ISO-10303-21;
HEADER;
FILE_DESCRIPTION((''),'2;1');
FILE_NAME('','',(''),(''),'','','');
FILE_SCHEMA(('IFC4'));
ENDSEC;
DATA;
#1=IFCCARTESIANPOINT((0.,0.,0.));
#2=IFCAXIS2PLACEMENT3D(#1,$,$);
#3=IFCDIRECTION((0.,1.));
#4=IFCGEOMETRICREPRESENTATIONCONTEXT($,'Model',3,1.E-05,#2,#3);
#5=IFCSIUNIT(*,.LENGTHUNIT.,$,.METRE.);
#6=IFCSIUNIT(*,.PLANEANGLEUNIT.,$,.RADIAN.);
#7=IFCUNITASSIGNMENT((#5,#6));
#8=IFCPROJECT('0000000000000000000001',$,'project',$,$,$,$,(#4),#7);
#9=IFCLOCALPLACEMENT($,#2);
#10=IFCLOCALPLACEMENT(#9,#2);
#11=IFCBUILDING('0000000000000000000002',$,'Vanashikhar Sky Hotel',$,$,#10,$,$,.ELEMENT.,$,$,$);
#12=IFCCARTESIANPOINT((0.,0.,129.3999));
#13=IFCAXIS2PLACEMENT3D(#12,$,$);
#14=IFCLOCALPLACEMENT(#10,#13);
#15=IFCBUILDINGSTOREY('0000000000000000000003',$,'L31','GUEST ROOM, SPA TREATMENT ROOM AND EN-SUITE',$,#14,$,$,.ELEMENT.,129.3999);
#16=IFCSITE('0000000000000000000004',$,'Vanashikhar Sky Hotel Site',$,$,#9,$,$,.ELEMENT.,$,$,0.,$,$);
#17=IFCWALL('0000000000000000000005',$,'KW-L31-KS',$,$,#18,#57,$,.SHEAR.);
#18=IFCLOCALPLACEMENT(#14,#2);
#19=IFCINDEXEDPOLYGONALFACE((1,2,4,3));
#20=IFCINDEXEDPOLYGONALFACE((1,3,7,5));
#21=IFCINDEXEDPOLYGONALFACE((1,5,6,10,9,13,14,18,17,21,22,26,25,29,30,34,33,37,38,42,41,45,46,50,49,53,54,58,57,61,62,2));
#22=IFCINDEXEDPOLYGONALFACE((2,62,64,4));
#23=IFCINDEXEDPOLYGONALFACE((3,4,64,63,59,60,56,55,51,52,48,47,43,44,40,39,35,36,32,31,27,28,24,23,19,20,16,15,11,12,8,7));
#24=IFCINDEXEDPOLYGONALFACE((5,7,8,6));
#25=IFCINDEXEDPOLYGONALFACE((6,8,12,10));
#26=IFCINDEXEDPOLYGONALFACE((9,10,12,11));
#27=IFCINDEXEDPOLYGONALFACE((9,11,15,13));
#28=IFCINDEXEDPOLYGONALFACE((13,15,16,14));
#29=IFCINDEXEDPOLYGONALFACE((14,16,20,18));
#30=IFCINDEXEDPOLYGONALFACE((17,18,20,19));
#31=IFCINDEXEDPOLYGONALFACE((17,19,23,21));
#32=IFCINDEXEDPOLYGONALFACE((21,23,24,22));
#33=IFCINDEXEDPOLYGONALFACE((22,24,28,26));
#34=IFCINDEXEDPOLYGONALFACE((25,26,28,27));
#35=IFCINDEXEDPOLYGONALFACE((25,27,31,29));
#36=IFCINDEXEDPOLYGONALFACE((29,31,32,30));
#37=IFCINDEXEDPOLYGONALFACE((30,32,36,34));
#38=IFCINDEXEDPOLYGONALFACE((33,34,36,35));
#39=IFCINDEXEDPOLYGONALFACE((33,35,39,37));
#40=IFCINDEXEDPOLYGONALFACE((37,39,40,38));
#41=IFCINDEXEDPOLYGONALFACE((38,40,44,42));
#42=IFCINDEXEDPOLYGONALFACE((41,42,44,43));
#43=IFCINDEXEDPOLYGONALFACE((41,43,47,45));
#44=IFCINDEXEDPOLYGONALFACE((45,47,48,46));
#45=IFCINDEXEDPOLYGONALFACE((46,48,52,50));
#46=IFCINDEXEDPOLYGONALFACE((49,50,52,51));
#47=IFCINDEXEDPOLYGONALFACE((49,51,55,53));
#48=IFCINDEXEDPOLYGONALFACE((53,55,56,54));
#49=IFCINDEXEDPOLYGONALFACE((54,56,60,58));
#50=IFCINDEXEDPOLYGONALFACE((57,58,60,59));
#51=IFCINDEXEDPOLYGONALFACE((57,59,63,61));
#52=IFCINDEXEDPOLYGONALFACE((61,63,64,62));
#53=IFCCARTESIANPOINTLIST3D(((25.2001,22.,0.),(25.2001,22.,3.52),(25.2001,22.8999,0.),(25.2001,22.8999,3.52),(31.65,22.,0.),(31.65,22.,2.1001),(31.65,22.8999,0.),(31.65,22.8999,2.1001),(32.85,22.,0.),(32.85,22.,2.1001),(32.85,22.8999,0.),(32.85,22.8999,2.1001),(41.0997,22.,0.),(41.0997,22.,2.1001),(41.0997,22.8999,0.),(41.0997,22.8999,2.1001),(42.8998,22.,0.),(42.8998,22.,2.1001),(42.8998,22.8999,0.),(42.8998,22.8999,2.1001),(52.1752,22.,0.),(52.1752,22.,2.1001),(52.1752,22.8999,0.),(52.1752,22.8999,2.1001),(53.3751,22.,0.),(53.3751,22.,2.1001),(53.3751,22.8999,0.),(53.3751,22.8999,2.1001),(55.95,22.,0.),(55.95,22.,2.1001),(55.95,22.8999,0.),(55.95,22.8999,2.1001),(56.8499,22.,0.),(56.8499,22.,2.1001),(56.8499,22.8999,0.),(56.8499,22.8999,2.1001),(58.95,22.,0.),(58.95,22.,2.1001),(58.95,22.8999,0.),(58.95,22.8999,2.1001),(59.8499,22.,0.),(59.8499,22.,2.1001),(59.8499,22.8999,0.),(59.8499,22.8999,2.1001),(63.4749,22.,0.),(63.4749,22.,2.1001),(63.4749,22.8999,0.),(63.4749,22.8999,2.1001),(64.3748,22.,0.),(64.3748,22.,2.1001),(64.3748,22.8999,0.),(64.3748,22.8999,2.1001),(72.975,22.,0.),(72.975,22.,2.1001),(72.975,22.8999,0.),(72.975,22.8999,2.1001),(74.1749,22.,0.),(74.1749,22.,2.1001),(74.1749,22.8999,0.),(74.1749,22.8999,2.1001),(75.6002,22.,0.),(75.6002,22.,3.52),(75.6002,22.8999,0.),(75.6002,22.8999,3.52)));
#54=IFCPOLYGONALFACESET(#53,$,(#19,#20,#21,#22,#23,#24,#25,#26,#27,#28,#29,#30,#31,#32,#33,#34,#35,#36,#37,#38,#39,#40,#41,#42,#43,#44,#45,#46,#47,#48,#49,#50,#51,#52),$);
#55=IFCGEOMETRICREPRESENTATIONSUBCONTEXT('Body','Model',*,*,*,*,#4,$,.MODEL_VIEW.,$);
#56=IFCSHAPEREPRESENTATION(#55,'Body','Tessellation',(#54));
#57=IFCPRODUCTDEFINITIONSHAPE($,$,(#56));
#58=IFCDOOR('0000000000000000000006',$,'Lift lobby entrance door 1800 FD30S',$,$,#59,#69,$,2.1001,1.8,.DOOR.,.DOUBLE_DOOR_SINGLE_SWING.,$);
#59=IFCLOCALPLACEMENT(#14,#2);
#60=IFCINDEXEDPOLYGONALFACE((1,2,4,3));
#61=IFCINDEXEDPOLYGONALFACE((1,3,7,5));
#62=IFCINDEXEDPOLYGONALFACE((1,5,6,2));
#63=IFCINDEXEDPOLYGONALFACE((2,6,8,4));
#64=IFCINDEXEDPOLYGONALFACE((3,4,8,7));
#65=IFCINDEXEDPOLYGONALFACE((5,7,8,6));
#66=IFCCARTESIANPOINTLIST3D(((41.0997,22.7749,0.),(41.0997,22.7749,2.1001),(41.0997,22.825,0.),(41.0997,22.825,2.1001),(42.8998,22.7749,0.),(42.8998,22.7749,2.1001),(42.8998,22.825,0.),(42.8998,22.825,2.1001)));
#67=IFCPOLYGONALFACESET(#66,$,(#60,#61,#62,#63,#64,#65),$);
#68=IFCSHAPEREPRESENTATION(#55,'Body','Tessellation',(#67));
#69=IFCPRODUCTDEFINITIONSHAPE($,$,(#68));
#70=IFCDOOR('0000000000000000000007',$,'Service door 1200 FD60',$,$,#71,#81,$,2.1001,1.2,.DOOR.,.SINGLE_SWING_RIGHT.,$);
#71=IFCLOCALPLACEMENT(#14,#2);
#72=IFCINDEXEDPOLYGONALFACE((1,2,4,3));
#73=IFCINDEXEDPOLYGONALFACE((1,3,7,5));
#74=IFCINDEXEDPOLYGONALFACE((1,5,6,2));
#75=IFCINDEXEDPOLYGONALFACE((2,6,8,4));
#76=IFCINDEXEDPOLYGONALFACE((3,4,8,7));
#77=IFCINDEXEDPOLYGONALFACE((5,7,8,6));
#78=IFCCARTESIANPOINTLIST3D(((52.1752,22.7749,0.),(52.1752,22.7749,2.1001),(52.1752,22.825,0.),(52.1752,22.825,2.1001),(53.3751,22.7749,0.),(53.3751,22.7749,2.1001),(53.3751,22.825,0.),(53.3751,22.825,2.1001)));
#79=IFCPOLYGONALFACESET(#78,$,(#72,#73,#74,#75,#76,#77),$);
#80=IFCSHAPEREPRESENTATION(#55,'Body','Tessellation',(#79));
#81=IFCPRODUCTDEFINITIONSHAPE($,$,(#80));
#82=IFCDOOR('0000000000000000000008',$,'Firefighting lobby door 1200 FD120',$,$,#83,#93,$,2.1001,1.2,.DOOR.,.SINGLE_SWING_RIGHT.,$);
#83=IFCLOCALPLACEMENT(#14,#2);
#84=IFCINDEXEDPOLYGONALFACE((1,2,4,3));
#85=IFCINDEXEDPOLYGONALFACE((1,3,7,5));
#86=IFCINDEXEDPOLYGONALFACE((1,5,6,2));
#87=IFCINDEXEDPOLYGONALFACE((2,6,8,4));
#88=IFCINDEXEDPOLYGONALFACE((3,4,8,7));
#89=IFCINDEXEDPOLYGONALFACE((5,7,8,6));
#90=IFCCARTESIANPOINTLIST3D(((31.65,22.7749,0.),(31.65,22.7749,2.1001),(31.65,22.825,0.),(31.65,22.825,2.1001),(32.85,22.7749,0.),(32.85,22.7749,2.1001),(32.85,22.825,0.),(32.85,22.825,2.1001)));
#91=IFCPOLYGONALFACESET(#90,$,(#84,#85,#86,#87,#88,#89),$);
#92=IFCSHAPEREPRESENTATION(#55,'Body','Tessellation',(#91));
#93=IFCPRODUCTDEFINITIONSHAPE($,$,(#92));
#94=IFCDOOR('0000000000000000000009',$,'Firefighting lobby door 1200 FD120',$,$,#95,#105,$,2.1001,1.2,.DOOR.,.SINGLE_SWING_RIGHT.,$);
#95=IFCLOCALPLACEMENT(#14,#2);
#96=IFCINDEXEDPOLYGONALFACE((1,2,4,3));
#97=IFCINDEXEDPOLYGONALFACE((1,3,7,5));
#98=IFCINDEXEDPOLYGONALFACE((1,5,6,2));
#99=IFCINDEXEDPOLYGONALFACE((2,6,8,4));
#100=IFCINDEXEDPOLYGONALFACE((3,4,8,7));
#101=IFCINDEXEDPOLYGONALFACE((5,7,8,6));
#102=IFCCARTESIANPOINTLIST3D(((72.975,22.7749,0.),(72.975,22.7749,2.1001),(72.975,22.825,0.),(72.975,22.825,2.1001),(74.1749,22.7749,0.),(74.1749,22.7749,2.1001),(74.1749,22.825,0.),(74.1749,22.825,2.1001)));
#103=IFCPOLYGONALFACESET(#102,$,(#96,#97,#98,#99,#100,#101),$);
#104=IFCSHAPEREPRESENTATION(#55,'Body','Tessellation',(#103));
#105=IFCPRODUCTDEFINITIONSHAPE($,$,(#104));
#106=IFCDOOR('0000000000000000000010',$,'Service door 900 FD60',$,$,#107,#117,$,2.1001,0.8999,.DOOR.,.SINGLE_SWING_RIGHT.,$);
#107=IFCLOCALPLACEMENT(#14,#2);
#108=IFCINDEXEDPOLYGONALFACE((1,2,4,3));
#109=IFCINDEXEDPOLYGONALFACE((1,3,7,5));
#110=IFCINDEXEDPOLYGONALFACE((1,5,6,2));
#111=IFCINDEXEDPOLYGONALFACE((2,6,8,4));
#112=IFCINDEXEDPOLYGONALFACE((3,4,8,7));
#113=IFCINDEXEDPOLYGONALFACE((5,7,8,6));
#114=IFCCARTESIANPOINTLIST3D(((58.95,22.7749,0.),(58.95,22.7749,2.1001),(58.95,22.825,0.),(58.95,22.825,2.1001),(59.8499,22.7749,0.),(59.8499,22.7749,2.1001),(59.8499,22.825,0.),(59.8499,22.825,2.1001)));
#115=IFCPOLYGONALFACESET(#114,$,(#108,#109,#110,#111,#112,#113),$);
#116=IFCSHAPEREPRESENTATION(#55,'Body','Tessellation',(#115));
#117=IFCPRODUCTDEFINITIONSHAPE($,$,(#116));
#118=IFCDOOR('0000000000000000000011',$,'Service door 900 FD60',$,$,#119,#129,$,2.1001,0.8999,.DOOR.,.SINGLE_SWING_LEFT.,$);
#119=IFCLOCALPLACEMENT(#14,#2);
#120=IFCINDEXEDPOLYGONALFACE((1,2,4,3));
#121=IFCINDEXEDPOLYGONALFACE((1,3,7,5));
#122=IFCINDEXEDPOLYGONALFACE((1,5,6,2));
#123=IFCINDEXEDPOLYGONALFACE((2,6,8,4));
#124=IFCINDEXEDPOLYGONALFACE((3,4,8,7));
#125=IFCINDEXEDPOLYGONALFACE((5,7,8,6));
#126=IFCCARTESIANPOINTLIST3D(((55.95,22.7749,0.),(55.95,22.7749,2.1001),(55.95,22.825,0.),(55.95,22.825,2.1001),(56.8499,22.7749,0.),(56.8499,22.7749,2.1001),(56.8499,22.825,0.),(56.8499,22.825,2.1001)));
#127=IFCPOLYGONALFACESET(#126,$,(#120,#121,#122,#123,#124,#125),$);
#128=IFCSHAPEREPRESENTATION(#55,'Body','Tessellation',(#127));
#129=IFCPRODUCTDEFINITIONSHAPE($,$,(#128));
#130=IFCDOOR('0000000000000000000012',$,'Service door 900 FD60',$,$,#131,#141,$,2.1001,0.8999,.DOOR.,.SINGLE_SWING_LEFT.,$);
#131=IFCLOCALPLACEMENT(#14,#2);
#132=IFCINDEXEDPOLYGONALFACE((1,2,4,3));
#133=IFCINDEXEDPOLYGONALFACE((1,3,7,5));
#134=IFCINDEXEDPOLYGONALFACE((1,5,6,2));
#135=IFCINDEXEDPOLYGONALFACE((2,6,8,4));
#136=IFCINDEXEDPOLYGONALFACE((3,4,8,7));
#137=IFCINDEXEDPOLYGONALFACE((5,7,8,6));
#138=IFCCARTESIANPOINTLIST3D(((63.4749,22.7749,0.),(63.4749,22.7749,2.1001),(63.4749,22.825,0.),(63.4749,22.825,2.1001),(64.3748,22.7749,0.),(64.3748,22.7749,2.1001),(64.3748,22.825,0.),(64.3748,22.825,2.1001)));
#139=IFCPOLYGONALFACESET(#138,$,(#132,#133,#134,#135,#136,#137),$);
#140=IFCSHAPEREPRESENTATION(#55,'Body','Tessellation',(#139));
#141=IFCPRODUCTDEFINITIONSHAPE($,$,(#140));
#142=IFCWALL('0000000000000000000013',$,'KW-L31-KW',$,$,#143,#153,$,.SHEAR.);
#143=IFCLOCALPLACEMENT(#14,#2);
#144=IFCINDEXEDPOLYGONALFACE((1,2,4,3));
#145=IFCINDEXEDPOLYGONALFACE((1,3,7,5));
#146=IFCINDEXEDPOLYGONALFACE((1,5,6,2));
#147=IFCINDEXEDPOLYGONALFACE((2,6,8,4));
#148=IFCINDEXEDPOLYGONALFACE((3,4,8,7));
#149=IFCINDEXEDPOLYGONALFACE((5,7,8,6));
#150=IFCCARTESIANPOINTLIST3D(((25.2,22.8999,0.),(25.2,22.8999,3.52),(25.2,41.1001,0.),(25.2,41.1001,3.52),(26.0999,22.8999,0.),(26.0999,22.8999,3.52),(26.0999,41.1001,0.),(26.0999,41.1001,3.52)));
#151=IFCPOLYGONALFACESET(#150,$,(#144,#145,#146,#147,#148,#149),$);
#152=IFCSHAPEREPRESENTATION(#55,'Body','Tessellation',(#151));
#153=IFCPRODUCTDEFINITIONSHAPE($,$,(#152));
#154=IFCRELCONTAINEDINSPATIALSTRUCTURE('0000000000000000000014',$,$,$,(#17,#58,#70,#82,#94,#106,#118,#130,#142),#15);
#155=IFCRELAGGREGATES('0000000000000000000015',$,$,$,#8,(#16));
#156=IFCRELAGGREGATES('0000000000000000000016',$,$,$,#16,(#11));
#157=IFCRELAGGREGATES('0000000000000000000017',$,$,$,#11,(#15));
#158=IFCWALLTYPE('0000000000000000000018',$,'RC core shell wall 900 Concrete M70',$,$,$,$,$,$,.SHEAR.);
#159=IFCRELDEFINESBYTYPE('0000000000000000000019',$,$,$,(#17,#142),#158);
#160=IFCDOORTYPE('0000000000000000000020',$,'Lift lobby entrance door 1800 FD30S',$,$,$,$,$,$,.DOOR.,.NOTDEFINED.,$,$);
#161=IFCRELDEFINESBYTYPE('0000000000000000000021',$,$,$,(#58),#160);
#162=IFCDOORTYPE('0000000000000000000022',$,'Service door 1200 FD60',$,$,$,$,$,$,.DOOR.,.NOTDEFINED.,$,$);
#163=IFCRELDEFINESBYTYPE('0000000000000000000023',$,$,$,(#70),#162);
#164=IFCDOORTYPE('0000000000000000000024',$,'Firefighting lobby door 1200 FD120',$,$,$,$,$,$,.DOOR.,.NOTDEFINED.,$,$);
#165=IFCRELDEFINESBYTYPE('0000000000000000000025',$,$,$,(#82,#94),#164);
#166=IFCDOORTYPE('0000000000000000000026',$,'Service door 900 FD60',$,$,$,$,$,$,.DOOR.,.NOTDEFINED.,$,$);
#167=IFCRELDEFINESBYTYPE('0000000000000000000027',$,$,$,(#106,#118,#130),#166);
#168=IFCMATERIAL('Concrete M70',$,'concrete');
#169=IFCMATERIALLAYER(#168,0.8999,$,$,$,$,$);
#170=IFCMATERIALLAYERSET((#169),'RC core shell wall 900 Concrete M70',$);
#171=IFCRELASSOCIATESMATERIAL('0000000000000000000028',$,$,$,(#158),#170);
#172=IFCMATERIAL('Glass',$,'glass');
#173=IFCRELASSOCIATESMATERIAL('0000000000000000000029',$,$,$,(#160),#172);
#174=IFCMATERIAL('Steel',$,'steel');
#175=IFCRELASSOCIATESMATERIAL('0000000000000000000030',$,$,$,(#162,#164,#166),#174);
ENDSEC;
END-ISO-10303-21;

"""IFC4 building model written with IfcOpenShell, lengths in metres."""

from ifc_helpers import new_model, si_unit, direction, frame, frame_2d, origin, place, context, subcontext, project, spatial, rectangle, extrude, source, transform, mapped, material, layer, layer_set, type_object, element, fill, save


model = new_model("IFC4")

# Units and contexts
model_context = context("Model", 3, precision=1e-05, world=origin(), true_north=direction((0.0, 1.0)))
body_context = subcontext(model_context, "Body", "Model", "MODEL_VIEW")
ifc_project = project(units=[si_unit("LENGTHUNIT", "METRE"), si_unit("PLANEANGLEUNIT", "RADIAN")], contexts=[model_context])

# Site, building, storey
site_placement = place(None, origin())
site = spatial("IfcSite", under=ifc_project, at=site_placement, Name="Vanashikhar Sky Hotel Site", CompositionType="ELEMENT", RefElevation=0.0)
building_placement = place(site_placement, origin())
building = spatial("IfcBuilding", under=site, at=building_placement, Name="Vanashikhar Sky Hotel", CompositionType="ELEMENT")
storey_placement = place(building_placement, frame((0.0, 0.0, 129.3999)))
storey = spatial("IfcBuildingStorey", under=building, at=storey_placement, Name="L31", Description="GUEST ROOM, SPA TREATMENT ROOM AND EN-SUITE", CompositionType="ELEMENT", Elevation=129.3999)

# Wall, openings, doors
ifc_material_1 = material(Name="Concrete M70", Category="concrete")
ifc_layer_1 = layer(ifc_material_1, 0.8999)
ifc_layer_set_1 = layer_set([ifc_layer_1], Name="RC core shell wall 900 Concrete M70")
wall_type_1 = type_object("IfcWallType", Name="RC core shell wall 900 Concrete M70", PredefinedType="SHEAR", material=ifc_layer_set_1)
shared_shape_1 = source(origin(), body_context, "Body", "SweptSolid", [
    extrude(rectangle(XDim=50.4001, YDim=0.8999, at=frame_2d((25.2002, 0.0))), origin(), (0.0, 0.0, 1.0), 3.52),
])
wall_1_placement = place(storey_placement, frame((25.2, 22.45, 0.0), z_axis=(0.0, 0.0, 1.0), x_axis=(1.0, 0.0, 0.0)))
wall_1 = element("IfcWall", 1, at=wall_1_placement, inside=storey, type_object=wall_type_1, Name="KW-L31-KS", PredefinedType="SHEAR", context=body_context, shape_type="MappedRepresentation", body=[
    mapped(shared_shape_1, transform((0.0, 0.0, 0.0), scale=1.0)),
])
shared_shape_2 = source(origin(), body_context, "Body", "SweptSolid", [
    extrude(rectangle(XDim=1.8, YDim=2.1001, at=frame_2d((0.8999, 1.05))), frame((0.0, 0.46, 0.0), z_axis=(0.0, -1.0, 0.0), x_axis=(1.0, 0.0, 0.0)), (0.0, 0.0, 1.0), 0.9199),
])
opening_1_placement = place(wall_1_placement, frame((15.8999, 0.0, 0.0)))
opening_1 = element("IfcOpeningElement", 2, at=opening_1_placement, cuts=wall_1, PredefinedType="OPENING", context=body_context, shape_type="MappedRepresentation", body=[
    mapped(shared_shape_2, transform((0.0, 0.0, 0.0), scale=1.0)),
])
shared_shape_3 = source(origin(), body_context, "Body", "SweptSolid", [
    extrude(rectangle(XDim=1.2, YDim=2.1001, at=frame_2d((0.6001, 1.05))), frame((0.0, 0.46, 0.0), z_axis=(0.0, -1.0, 0.0), x_axis=(1.0, 0.0, 0.0)), (0.0, 0.0, 1.0), 0.9199),
])
opening_2_placement = place(wall_1_placement, frame((26.9751, 0.0, 0.0)))
opening_2 = element("IfcOpeningElement", 3, at=opening_2_placement, cuts=wall_1, PredefinedType="OPENING", context=body_context, shape_type="MappedRepresentation", body=[
    mapped(shared_shape_3, transform((0.0, 0.0, 0.0), scale=1.0)),
])
shared_shape_4 = source(origin(), body_context, "Body", "SweptSolid", [
    extrude(rectangle(XDim=0.8999, YDim=2.1001, at=frame_2d((0.45, 1.05))), frame((0.0, 0.46, 0.0), z_axis=(0.0, -1.0, 0.0), x_axis=(1.0, 0.0, 0.0)), (0.0, 0.0, 1.0), 0.9199),
])
opening_3_placement = place(wall_1_placement, frame((33.75, 0.0, 0.0)))
opening_3 = element("IfcOpeningElement", 4, at=opening_3_placement, cuts=wall_1, PredefinedType="OPENING", context=body_context, shape_type="MappedRepresentation", body=[
    mapped(shared_shape_4, transform((0.0, 0.0, 0.0), scale=1.0)),
])
opening_4_placement = place(wall_1_placement, frame((30.75, 0.0, 0.0)))
opening_4 = element("IfcOpeningElement", 5, at=opening_4_placement, cuts=wall_1, PredefinedType="OPENING", context=body_context, shape_type="MappedRepresentation", body=[
    mapped(shared_shape_4, transform((0.0, 0.0, 0.0), scale=1.0)),
])
opening_5_placement = place(wall_1_placement, frame((38.2749, 0.0, 0.0)))
opening_5 = element("IfcOpeningElement", 6, at=opening_5_placement, cuts=wall_1, PredefinedType="OPENING", context=body_context, shape_type="MappedRepresentation", body=[
    mapped(shared_shape_4, transform((0.0, 0.0, 0.0), scale=1.0)),
])
opening_6_placement = place(wall_1_placement, frame((6.45, 0.0, 0.0)))
opening_6 = element("IfcOpeningElement", 7, at=opening_6_placement, cuts=wall_1, PredefinedType="OPENING", context=body_context, shape_type="MappedRepresentation", body=[
    mapped(shared_shape_3, transform((0.0, 0.0, 0.0), scale=1.0)),
])
opening_7_placement = place(wall_1_placement, frame((47.7749, 0.0, 0.0)))
opening_7 = element("IfcOpeningElement", 8, at=opening_7_placement, cuts=wall_1, PredefinedType="OPENING", context=body_context, shape_type="MappedRepresentation", body=[
    mapped(shared_shape_3, transform((0.0, 0.0, 0.0), scale=1.0)),
])
ifc_material_2 = material(Name="Glass", Category="glass")
door_type_1 = type_object("IfcDoorType", Name="Lift lobby entrance door 1800 FD30S", OperationType="NOTDEFINED", PredefinedType="DOOR", material=ifc_material_2)
shared_shape_5 = source(origin(), body_context, "Body", "SweptSolid", [
    extrude(rectangle(XDim=1.8, YDim=2.1001, at=frame_2d((0.8999, 1.05))), frame((0.0, 0.375, 0.0), z_axis=(0.0, -1.0, 0.0), x_axis=(1.0, 0.0, 0.0)), (0.0, 0.0, 1.0), 0.05),
])
door_1_placement = place(opening_1_placement, origin())
door_1 = element("IfcDoor", 9, at=door_1_placement, inside=storey, type_object=door_type_1, Name="Lift lobby entrance door 1800 FD30S", OperationType="DOUBLE_DOOR_SINGLE_SWING", OverallHeight=2.1001, OverallWidth=1.8, PredefinedType="DOOR", context=body_context, shape_type="MappedRepresentation", body=[
    mapped(shared_shape_5, transform((0.0, 0.0, 0.0), scale=1.0)),
])
fill(opening_1, door_1)
ifc_material_3 = material(Name="Steel", Category="steel")
door_type_2 = type_object("IfcDoorType", Name="Service door 1200 FD60", OperationType="NOTDEFINED", PredefinedType="DOOR", material=ifc_material_3)
shared_shape_6 = source(origin(), body_context, "Body", "SweptSolid", [
    extrude(rectangle(XDim=1.2, YDim=2.1001, at=frame_2d((0.6001, 1.05))), frame((0.0, 0.375, 0.0), z_axis=(0.0, -1.0, 0.0), x_axis=(1.0, 0.0, 0.0)), (0.0, 0.0, 1.0), 0.05),
])
door_2_placement = place(opening_2_placement, origin())
door_2 = element("IfcDoor", 10, at=door_2_placement, inside=storey, type_object=door_type_2, Name="Service door 1200 FD60", OperationType="SINGLE_SWING_RIGHT", OverallHeight=2.1001, OverallWidth=1.2, PredefinedType="DOOR", context=body_context, shape_type="MappedRepresentation", body=[
    mapped(shared_shape_6, transform((0.0, 0.0, 0.0), scale=1.0)),
])
fill(opening_2, door_2)
door_type_3 = type_object("IfcDoorType", Name="Firefighting lobby door 1200 FD120", OperationType="NOTDEFINED", PredefinedType="DOOR", material=ifc_material_3)
door_3_placement = place(opening_6_placement, origin())
door_3 = element("IfcDoor", 11, at=door_3_placement, inside=storey, type_object=door_type_3, Name="Firefighting lobby door 1200 FD120", OperationType="SINGLE_SWING_RIGHT", OverallHeight=2.1001, OverallWidth=1.2, PredefinedType="DOOR", context=body_context, shape_type="MappedRepresentation", body=[
    mapped(shared_shape_6, transform((0.0, 0.0, 0.0), scale=1.0)),
])
fill(opening_6, door_3)
door_4_placement = place(opening_7_placement, origin())
door_4 = element("IfcDoor", 12, at=door_4_placement, inside=storey, type_object=door_type_3, Name="Firefighting lobby door 1200 FD120", OperationType="SINGLE_SWING_RIGHT", OverallHeight=2.1001, OverallWidth=1.2, PredefinedType="DOOR", context=body_context, shape_type="MappedRepresentation", body=[
    mapped(shared_shape_6, transform((0.0, 0.0, 0.0), scale=1.0)),
])
fill(opening_7, door_4)
door_type_4 = type_object("IfcDoorType", Name="Service door 900 FD60", OperationType="NOTDEFINED", PredefinedType="DOOR", material=ifc_material_3)
shared_shape_7 = source(origin(), body_context, "Body", "SweptSolid", [
    extrude(rectangle(XDim=0.8999, YDim=2.1001, at=frame_2d((0.45, 1.05))), frame((0.0, 0.375, 0.0), z_axis=(0.0, -1.0, 0.0), x_axis=(1.0, 0.0, 0.0)), (0.0, 0.0, 1.0), 0.05),
])
door_5_placement = place(opening_3_placement, origin())
door_5 = element("IfcDoor", 13, at=door_5_placement, inside=storey, type_object=door_type_4, Name="Service door 900 FD60", OperationType="SINGLE_SWING_RIGHT", OverallHeight=2.1001, OverallWidth=0.8999, PredefinedType="DOOR", context=body_context, shape_type="MappedRepresentation", body=[
    mapped(shared_shape_7, transform((0.0, 0.0, 0.0), scale=1.0)),
])
fill(opening_3, door_5)
door_6_placement = place(opening_4_placement, origin())
door_6 = element("IfcDoor", 14, at=door_6_placement, inside=storey, type_object=door_type_4, Name="Service door 900 FD60", OperationType="SINGLE_SWING_LEFT", OverallHeight=2.1001, OverallWidth=0.8999, PredefinedType="DOOR", context=body_context, shape_type="MappedRepresentation", body=[
    mapped(shared_shape_7, transform((0.0, 0.0, 0.0), scale=1.0)),
])
fill(opening_4, door_6)
door_7_placement = place(opening_5_placement, origin())
door_7 = element("IfcDoor", 15, at=door_7_placement, inside=storey, type_object=door_type_4, Name="Service door 900 FD60", OperationType="SINGLE_SWING_LEFT", OverallHeight=2.1001, OverallWidth=0.8999, PredefinedType="DOOR", context=body_context, shape_type="MappedRepresentation", body=[
    mapped(shared_shape_7, transform((0.0, 0.0, 0.0), scale=1.0)),
])
fill(opening_5, door_7)

# Wall
shared_shape_8 = source(origin(), body_context, "Body", "SweptSolid", [
    extrude(rectangle(XDim=18.2002, YDim=0.8999, at=frame_2d((9.1001, 0.0))), origin(), (0.0, 0.0, 1.0), 3.52),
])
wall_2_placement = place(storey_placement, frame((25.6499, 22.8999, 0.0), z_axis=(0.0, 0.0, 1.0), x_axis=(0.0, 1.0, 0.0)))
element("IfcWall", 16, at=wall_2_placement, inside=storey, type_object=wall_type_1, Name="KW-L31-KW", PredefinedType="SHEAR", context=body_context, shape_type="MappedRepresentation", body=[
    mapped(shared_shape_8, transform((0.0, 0.0, 0.0), scale=1.0)),
])

save(model, "model.ifc")
